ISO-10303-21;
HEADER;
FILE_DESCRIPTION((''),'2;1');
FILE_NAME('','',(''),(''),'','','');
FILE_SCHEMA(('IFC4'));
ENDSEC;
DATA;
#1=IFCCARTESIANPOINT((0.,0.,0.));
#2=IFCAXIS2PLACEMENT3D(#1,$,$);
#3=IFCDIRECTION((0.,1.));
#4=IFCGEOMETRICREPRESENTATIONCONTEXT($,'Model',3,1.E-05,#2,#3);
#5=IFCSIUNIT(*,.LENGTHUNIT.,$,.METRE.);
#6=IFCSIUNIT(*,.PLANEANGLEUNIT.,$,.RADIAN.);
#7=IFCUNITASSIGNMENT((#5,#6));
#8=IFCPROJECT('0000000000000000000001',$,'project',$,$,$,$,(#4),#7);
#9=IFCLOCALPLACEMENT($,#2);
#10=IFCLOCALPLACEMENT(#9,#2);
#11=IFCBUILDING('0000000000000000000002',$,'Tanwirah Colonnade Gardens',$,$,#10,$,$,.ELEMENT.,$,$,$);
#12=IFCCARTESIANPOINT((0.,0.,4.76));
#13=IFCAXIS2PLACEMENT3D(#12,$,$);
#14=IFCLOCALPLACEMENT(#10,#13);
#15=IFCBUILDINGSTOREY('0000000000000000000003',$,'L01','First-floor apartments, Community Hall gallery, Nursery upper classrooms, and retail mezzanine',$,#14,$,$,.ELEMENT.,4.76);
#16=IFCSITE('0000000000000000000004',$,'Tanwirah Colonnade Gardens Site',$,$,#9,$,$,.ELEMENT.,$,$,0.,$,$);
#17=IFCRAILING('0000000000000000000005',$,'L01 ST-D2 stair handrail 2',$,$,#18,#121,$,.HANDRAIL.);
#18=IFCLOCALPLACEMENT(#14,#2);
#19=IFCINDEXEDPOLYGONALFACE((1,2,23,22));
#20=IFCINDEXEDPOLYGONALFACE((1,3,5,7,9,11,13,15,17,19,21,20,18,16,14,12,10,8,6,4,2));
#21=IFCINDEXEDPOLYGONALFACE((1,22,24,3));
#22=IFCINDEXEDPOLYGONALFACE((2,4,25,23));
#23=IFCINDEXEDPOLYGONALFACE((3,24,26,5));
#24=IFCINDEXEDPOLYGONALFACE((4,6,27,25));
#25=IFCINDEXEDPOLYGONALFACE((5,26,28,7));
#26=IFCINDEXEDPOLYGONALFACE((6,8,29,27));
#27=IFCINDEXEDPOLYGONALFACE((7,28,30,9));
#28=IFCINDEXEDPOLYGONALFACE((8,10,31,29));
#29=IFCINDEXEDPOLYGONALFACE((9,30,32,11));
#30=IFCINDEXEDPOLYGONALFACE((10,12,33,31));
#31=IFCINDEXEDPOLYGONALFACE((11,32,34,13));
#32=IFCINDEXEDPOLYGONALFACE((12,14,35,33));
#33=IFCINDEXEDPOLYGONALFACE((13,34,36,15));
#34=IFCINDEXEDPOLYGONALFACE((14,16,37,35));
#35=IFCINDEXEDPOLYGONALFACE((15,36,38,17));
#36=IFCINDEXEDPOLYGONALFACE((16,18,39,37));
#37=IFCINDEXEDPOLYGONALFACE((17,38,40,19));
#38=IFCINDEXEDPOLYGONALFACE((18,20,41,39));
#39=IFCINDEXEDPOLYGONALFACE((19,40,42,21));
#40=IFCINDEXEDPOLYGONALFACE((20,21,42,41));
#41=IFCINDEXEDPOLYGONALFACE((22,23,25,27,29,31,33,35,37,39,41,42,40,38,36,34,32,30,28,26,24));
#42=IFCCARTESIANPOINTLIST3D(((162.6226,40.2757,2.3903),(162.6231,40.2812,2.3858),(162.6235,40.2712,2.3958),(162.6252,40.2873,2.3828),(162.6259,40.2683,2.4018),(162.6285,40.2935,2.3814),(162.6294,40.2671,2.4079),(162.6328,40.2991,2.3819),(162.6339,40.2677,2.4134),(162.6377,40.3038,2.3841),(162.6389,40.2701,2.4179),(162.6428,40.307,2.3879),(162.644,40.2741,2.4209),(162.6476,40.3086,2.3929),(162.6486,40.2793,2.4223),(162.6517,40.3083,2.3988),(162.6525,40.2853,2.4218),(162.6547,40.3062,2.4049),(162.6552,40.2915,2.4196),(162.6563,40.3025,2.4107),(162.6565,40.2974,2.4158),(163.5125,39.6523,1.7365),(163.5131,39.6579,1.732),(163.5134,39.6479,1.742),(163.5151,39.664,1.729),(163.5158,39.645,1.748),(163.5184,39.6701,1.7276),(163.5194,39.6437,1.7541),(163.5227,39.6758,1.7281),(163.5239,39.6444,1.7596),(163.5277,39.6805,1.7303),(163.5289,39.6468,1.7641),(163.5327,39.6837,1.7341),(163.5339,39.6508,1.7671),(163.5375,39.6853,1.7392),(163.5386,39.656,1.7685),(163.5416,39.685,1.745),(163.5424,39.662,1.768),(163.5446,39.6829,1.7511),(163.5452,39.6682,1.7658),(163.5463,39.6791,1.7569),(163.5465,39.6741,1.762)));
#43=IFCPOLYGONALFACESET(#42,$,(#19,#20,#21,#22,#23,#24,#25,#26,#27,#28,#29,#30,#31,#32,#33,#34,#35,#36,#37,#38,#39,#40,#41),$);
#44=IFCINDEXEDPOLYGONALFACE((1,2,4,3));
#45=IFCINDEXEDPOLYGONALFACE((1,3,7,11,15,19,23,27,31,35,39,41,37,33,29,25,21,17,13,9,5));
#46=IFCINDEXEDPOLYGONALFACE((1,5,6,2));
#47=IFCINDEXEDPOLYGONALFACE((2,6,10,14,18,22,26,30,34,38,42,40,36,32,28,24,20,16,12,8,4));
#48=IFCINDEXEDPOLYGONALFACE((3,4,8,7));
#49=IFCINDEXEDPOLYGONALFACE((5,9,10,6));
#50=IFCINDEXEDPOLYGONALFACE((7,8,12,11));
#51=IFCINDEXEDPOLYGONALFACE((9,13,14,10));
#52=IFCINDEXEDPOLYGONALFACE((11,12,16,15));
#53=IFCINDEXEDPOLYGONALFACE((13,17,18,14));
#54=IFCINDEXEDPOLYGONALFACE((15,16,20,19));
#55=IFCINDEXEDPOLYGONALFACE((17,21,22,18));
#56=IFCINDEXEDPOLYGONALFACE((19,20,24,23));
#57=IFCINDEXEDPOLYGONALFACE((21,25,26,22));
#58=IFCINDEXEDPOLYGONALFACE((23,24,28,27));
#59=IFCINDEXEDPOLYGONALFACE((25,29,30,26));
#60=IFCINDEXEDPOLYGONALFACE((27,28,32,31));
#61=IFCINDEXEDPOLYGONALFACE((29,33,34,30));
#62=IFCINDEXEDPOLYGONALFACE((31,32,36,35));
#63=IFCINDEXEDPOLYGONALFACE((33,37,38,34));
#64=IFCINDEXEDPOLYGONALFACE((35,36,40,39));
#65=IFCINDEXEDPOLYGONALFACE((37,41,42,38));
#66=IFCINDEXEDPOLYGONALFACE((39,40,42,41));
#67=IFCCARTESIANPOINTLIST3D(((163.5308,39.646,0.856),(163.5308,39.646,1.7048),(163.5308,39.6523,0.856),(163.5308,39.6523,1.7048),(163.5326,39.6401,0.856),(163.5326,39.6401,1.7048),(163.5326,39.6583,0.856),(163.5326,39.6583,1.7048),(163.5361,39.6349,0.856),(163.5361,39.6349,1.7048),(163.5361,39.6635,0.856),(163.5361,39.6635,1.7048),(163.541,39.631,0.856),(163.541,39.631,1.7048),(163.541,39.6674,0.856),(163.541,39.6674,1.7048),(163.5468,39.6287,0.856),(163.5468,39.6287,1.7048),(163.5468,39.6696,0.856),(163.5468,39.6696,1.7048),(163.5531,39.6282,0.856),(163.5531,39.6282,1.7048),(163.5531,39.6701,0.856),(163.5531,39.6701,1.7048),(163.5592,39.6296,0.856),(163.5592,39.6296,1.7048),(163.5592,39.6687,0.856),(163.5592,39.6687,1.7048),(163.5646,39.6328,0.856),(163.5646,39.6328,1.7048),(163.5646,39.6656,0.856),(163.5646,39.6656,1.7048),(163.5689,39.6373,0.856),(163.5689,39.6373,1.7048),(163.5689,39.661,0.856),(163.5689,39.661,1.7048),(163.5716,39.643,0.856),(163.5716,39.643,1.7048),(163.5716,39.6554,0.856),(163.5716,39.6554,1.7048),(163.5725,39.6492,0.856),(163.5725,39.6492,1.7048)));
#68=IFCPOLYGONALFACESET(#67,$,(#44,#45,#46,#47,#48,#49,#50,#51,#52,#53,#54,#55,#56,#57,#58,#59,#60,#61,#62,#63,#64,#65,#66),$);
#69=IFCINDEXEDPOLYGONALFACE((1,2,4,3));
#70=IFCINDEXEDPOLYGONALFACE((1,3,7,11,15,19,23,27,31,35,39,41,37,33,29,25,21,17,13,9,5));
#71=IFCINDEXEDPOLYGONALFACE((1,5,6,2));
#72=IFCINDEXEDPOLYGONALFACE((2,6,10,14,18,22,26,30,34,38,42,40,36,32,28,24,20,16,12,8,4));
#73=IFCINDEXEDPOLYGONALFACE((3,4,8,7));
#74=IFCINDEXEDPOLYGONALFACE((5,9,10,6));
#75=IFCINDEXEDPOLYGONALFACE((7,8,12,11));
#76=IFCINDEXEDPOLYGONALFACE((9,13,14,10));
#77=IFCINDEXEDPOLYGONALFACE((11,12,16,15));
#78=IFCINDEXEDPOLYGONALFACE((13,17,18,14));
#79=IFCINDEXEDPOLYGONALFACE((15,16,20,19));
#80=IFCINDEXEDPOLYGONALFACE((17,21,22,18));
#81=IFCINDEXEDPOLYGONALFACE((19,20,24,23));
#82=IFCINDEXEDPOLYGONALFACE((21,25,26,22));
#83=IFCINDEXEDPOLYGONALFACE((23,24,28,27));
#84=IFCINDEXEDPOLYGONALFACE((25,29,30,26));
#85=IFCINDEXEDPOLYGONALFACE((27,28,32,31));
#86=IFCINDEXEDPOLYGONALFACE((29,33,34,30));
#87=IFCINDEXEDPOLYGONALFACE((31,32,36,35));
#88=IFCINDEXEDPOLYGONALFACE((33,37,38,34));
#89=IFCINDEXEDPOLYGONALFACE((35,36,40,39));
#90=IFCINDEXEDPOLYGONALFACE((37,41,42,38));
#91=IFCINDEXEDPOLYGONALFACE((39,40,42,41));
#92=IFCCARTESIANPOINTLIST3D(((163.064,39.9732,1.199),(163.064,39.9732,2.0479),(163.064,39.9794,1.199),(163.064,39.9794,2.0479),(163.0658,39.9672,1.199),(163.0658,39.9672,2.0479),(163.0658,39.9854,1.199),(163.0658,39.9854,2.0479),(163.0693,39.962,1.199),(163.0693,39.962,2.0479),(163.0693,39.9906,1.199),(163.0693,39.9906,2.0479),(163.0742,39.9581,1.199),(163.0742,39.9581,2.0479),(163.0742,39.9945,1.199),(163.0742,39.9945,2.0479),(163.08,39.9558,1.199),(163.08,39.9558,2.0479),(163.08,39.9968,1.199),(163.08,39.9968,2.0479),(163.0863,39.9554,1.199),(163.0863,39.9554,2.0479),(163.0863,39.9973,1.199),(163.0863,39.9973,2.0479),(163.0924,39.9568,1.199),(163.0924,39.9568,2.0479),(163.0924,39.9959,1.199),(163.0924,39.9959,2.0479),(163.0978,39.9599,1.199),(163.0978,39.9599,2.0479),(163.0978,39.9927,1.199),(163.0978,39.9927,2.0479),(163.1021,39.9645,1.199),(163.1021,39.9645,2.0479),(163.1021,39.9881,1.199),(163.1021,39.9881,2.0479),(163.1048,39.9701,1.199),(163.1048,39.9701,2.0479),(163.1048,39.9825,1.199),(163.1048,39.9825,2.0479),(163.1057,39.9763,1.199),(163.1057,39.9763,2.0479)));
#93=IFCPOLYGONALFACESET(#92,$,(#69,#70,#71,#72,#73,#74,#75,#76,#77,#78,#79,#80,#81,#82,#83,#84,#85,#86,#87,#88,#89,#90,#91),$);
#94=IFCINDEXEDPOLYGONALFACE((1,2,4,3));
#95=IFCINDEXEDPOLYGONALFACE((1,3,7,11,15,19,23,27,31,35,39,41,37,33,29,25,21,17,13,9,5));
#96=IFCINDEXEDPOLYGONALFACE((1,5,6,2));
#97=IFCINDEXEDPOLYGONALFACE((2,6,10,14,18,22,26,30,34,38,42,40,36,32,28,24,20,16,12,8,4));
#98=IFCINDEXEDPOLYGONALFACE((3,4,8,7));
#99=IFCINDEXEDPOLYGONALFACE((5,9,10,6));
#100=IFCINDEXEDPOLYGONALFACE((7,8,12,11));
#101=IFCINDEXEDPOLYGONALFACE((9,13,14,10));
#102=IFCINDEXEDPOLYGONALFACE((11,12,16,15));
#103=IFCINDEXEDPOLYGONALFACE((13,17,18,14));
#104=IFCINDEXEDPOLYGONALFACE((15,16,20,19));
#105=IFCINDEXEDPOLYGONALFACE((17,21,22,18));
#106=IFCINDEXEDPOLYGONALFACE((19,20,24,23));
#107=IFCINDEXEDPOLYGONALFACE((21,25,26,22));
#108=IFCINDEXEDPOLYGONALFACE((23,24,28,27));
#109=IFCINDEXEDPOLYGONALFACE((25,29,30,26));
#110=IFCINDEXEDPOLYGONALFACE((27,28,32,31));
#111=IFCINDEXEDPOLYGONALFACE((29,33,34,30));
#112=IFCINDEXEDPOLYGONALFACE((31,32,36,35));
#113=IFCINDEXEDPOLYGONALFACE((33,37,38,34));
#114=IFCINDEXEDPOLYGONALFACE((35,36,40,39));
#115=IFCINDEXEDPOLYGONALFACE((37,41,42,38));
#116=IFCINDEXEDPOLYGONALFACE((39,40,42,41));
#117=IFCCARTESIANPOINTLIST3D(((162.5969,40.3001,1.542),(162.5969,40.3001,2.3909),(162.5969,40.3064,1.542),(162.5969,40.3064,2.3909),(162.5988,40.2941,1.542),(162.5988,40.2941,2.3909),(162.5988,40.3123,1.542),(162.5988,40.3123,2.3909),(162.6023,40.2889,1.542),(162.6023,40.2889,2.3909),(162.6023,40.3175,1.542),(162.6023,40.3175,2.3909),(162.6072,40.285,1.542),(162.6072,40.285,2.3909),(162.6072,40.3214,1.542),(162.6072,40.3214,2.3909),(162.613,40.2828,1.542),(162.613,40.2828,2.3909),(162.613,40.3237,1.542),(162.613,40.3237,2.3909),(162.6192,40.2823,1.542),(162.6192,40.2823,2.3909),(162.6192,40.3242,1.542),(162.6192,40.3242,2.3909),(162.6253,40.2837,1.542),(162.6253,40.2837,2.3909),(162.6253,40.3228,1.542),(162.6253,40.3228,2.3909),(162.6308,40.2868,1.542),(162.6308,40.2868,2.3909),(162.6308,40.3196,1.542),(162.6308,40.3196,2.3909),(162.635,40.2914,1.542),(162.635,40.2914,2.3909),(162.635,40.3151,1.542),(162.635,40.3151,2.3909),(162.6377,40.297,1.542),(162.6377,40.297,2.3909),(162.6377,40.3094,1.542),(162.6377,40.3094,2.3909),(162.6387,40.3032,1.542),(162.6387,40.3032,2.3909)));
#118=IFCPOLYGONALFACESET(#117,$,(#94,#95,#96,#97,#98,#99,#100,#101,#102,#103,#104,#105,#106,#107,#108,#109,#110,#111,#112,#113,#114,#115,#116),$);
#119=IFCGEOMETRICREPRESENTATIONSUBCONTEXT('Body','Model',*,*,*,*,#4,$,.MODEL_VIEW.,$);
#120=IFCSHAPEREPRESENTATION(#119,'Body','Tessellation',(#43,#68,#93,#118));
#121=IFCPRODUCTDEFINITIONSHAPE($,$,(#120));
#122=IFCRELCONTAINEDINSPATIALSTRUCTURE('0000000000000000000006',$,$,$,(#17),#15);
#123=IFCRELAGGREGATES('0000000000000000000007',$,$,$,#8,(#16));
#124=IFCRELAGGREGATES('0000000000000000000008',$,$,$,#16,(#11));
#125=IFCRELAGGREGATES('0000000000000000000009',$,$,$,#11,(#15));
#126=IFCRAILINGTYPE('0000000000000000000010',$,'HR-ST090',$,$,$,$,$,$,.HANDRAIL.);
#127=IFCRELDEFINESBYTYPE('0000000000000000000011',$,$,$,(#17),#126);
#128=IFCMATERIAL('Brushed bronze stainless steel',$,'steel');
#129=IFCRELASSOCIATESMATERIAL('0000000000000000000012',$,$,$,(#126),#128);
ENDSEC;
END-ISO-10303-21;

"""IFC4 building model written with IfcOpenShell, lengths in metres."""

from ifc_helpers import new_model, si_unit, direction, frame, origin, origin_2d, place, context, subcontext, project, spatial, circle, extrude, material, type_object, element, save


model = new_model("IFC4")

# Units and contexts
model_context = context("Model", 3, precision=1e-05, world=origin(), true_north=direction((0.0, 1.0)))
body_context = subcontext(model_context, "Body", "Model", "MODEL_VIEW")
ifc_project = project(units=[si_unit("LENGTHUNIT", "METRE"), si_unit("PLANEANGLEUNIT", "RADIAN")], contexts=[model_context])

# Site, building, storey
site_placement = place(None, origin())
site = spatial("IfcSite", under=ifc_project, at=site_placement, Name="Tanwirah Colonnade Gardens Site", CompositionType="ELEMENT", RefElevation=0.0)
building_placement = place(site_placement, origin())
building = spatial("IfcBuilding", under=site, at=building_placement, Name="Tanwirah Colonnade Gardens", CompositionType="ELEMENT")
storey_placement = place(building_placement, frame((0.0, 0.0, 4.76)))
storey = spatial("IfcBuildingStorey", under=building, at=storey_placement, Name="L01", Description="First-floor apartments, Community Hall gallery, Nursery upper classrooms, and retail mezzanine", CompositionType="ELEMENT", Elevation=4.76)

# Railing
ifc_material_1 = material(Name="Brushed bronze stainless steel", Category="steel")
railing_type_1 = type_object("IfcRailingType", Name="HR-ST090", PredefinedType="HANDRAIL", material=ifc_material_1)
railing_1_placement = place(storey_placement, frame((163.5515, 39.6492, 0.856)))
element("IfcRailing", 1, at=railing_1_placement, inside=storey, type_object=railing_type_1, Name="L01 ST-D2 stair handrail 2", PredefinedType="HANDRAIL", context=body_context, shape_type="SweptSolid", body=[
    extrude(circle(Radius=0.0239, at=origin_2d()), frame((-0.022, 0.0154, 0.8921), z_axis=(-0.70182, 0.491549, 0.515585), x_axis=(-0.573678, -0.819081, 0.0)), (0.0, 0.0, 1.0), 1.2681),
    extrude(circle(Radius=0.021, at=origin_2d()), origin(), (0.0, 0.0, 1.0), 0.8489),
    extrude(circle(Radius=0.021, at=origin_2d()), frame((-0.4668, 0.3271, 0.343)), (0.0, 0.0, 1.0), 0.8489),
    extrude(circle(Radius=0.021, at=origin_2d()), frame((-0.9338, 0.6541, 0.686)), (0.0, 0.0, 1.0), 0.8489),
])

save(model, "model.ifc")
